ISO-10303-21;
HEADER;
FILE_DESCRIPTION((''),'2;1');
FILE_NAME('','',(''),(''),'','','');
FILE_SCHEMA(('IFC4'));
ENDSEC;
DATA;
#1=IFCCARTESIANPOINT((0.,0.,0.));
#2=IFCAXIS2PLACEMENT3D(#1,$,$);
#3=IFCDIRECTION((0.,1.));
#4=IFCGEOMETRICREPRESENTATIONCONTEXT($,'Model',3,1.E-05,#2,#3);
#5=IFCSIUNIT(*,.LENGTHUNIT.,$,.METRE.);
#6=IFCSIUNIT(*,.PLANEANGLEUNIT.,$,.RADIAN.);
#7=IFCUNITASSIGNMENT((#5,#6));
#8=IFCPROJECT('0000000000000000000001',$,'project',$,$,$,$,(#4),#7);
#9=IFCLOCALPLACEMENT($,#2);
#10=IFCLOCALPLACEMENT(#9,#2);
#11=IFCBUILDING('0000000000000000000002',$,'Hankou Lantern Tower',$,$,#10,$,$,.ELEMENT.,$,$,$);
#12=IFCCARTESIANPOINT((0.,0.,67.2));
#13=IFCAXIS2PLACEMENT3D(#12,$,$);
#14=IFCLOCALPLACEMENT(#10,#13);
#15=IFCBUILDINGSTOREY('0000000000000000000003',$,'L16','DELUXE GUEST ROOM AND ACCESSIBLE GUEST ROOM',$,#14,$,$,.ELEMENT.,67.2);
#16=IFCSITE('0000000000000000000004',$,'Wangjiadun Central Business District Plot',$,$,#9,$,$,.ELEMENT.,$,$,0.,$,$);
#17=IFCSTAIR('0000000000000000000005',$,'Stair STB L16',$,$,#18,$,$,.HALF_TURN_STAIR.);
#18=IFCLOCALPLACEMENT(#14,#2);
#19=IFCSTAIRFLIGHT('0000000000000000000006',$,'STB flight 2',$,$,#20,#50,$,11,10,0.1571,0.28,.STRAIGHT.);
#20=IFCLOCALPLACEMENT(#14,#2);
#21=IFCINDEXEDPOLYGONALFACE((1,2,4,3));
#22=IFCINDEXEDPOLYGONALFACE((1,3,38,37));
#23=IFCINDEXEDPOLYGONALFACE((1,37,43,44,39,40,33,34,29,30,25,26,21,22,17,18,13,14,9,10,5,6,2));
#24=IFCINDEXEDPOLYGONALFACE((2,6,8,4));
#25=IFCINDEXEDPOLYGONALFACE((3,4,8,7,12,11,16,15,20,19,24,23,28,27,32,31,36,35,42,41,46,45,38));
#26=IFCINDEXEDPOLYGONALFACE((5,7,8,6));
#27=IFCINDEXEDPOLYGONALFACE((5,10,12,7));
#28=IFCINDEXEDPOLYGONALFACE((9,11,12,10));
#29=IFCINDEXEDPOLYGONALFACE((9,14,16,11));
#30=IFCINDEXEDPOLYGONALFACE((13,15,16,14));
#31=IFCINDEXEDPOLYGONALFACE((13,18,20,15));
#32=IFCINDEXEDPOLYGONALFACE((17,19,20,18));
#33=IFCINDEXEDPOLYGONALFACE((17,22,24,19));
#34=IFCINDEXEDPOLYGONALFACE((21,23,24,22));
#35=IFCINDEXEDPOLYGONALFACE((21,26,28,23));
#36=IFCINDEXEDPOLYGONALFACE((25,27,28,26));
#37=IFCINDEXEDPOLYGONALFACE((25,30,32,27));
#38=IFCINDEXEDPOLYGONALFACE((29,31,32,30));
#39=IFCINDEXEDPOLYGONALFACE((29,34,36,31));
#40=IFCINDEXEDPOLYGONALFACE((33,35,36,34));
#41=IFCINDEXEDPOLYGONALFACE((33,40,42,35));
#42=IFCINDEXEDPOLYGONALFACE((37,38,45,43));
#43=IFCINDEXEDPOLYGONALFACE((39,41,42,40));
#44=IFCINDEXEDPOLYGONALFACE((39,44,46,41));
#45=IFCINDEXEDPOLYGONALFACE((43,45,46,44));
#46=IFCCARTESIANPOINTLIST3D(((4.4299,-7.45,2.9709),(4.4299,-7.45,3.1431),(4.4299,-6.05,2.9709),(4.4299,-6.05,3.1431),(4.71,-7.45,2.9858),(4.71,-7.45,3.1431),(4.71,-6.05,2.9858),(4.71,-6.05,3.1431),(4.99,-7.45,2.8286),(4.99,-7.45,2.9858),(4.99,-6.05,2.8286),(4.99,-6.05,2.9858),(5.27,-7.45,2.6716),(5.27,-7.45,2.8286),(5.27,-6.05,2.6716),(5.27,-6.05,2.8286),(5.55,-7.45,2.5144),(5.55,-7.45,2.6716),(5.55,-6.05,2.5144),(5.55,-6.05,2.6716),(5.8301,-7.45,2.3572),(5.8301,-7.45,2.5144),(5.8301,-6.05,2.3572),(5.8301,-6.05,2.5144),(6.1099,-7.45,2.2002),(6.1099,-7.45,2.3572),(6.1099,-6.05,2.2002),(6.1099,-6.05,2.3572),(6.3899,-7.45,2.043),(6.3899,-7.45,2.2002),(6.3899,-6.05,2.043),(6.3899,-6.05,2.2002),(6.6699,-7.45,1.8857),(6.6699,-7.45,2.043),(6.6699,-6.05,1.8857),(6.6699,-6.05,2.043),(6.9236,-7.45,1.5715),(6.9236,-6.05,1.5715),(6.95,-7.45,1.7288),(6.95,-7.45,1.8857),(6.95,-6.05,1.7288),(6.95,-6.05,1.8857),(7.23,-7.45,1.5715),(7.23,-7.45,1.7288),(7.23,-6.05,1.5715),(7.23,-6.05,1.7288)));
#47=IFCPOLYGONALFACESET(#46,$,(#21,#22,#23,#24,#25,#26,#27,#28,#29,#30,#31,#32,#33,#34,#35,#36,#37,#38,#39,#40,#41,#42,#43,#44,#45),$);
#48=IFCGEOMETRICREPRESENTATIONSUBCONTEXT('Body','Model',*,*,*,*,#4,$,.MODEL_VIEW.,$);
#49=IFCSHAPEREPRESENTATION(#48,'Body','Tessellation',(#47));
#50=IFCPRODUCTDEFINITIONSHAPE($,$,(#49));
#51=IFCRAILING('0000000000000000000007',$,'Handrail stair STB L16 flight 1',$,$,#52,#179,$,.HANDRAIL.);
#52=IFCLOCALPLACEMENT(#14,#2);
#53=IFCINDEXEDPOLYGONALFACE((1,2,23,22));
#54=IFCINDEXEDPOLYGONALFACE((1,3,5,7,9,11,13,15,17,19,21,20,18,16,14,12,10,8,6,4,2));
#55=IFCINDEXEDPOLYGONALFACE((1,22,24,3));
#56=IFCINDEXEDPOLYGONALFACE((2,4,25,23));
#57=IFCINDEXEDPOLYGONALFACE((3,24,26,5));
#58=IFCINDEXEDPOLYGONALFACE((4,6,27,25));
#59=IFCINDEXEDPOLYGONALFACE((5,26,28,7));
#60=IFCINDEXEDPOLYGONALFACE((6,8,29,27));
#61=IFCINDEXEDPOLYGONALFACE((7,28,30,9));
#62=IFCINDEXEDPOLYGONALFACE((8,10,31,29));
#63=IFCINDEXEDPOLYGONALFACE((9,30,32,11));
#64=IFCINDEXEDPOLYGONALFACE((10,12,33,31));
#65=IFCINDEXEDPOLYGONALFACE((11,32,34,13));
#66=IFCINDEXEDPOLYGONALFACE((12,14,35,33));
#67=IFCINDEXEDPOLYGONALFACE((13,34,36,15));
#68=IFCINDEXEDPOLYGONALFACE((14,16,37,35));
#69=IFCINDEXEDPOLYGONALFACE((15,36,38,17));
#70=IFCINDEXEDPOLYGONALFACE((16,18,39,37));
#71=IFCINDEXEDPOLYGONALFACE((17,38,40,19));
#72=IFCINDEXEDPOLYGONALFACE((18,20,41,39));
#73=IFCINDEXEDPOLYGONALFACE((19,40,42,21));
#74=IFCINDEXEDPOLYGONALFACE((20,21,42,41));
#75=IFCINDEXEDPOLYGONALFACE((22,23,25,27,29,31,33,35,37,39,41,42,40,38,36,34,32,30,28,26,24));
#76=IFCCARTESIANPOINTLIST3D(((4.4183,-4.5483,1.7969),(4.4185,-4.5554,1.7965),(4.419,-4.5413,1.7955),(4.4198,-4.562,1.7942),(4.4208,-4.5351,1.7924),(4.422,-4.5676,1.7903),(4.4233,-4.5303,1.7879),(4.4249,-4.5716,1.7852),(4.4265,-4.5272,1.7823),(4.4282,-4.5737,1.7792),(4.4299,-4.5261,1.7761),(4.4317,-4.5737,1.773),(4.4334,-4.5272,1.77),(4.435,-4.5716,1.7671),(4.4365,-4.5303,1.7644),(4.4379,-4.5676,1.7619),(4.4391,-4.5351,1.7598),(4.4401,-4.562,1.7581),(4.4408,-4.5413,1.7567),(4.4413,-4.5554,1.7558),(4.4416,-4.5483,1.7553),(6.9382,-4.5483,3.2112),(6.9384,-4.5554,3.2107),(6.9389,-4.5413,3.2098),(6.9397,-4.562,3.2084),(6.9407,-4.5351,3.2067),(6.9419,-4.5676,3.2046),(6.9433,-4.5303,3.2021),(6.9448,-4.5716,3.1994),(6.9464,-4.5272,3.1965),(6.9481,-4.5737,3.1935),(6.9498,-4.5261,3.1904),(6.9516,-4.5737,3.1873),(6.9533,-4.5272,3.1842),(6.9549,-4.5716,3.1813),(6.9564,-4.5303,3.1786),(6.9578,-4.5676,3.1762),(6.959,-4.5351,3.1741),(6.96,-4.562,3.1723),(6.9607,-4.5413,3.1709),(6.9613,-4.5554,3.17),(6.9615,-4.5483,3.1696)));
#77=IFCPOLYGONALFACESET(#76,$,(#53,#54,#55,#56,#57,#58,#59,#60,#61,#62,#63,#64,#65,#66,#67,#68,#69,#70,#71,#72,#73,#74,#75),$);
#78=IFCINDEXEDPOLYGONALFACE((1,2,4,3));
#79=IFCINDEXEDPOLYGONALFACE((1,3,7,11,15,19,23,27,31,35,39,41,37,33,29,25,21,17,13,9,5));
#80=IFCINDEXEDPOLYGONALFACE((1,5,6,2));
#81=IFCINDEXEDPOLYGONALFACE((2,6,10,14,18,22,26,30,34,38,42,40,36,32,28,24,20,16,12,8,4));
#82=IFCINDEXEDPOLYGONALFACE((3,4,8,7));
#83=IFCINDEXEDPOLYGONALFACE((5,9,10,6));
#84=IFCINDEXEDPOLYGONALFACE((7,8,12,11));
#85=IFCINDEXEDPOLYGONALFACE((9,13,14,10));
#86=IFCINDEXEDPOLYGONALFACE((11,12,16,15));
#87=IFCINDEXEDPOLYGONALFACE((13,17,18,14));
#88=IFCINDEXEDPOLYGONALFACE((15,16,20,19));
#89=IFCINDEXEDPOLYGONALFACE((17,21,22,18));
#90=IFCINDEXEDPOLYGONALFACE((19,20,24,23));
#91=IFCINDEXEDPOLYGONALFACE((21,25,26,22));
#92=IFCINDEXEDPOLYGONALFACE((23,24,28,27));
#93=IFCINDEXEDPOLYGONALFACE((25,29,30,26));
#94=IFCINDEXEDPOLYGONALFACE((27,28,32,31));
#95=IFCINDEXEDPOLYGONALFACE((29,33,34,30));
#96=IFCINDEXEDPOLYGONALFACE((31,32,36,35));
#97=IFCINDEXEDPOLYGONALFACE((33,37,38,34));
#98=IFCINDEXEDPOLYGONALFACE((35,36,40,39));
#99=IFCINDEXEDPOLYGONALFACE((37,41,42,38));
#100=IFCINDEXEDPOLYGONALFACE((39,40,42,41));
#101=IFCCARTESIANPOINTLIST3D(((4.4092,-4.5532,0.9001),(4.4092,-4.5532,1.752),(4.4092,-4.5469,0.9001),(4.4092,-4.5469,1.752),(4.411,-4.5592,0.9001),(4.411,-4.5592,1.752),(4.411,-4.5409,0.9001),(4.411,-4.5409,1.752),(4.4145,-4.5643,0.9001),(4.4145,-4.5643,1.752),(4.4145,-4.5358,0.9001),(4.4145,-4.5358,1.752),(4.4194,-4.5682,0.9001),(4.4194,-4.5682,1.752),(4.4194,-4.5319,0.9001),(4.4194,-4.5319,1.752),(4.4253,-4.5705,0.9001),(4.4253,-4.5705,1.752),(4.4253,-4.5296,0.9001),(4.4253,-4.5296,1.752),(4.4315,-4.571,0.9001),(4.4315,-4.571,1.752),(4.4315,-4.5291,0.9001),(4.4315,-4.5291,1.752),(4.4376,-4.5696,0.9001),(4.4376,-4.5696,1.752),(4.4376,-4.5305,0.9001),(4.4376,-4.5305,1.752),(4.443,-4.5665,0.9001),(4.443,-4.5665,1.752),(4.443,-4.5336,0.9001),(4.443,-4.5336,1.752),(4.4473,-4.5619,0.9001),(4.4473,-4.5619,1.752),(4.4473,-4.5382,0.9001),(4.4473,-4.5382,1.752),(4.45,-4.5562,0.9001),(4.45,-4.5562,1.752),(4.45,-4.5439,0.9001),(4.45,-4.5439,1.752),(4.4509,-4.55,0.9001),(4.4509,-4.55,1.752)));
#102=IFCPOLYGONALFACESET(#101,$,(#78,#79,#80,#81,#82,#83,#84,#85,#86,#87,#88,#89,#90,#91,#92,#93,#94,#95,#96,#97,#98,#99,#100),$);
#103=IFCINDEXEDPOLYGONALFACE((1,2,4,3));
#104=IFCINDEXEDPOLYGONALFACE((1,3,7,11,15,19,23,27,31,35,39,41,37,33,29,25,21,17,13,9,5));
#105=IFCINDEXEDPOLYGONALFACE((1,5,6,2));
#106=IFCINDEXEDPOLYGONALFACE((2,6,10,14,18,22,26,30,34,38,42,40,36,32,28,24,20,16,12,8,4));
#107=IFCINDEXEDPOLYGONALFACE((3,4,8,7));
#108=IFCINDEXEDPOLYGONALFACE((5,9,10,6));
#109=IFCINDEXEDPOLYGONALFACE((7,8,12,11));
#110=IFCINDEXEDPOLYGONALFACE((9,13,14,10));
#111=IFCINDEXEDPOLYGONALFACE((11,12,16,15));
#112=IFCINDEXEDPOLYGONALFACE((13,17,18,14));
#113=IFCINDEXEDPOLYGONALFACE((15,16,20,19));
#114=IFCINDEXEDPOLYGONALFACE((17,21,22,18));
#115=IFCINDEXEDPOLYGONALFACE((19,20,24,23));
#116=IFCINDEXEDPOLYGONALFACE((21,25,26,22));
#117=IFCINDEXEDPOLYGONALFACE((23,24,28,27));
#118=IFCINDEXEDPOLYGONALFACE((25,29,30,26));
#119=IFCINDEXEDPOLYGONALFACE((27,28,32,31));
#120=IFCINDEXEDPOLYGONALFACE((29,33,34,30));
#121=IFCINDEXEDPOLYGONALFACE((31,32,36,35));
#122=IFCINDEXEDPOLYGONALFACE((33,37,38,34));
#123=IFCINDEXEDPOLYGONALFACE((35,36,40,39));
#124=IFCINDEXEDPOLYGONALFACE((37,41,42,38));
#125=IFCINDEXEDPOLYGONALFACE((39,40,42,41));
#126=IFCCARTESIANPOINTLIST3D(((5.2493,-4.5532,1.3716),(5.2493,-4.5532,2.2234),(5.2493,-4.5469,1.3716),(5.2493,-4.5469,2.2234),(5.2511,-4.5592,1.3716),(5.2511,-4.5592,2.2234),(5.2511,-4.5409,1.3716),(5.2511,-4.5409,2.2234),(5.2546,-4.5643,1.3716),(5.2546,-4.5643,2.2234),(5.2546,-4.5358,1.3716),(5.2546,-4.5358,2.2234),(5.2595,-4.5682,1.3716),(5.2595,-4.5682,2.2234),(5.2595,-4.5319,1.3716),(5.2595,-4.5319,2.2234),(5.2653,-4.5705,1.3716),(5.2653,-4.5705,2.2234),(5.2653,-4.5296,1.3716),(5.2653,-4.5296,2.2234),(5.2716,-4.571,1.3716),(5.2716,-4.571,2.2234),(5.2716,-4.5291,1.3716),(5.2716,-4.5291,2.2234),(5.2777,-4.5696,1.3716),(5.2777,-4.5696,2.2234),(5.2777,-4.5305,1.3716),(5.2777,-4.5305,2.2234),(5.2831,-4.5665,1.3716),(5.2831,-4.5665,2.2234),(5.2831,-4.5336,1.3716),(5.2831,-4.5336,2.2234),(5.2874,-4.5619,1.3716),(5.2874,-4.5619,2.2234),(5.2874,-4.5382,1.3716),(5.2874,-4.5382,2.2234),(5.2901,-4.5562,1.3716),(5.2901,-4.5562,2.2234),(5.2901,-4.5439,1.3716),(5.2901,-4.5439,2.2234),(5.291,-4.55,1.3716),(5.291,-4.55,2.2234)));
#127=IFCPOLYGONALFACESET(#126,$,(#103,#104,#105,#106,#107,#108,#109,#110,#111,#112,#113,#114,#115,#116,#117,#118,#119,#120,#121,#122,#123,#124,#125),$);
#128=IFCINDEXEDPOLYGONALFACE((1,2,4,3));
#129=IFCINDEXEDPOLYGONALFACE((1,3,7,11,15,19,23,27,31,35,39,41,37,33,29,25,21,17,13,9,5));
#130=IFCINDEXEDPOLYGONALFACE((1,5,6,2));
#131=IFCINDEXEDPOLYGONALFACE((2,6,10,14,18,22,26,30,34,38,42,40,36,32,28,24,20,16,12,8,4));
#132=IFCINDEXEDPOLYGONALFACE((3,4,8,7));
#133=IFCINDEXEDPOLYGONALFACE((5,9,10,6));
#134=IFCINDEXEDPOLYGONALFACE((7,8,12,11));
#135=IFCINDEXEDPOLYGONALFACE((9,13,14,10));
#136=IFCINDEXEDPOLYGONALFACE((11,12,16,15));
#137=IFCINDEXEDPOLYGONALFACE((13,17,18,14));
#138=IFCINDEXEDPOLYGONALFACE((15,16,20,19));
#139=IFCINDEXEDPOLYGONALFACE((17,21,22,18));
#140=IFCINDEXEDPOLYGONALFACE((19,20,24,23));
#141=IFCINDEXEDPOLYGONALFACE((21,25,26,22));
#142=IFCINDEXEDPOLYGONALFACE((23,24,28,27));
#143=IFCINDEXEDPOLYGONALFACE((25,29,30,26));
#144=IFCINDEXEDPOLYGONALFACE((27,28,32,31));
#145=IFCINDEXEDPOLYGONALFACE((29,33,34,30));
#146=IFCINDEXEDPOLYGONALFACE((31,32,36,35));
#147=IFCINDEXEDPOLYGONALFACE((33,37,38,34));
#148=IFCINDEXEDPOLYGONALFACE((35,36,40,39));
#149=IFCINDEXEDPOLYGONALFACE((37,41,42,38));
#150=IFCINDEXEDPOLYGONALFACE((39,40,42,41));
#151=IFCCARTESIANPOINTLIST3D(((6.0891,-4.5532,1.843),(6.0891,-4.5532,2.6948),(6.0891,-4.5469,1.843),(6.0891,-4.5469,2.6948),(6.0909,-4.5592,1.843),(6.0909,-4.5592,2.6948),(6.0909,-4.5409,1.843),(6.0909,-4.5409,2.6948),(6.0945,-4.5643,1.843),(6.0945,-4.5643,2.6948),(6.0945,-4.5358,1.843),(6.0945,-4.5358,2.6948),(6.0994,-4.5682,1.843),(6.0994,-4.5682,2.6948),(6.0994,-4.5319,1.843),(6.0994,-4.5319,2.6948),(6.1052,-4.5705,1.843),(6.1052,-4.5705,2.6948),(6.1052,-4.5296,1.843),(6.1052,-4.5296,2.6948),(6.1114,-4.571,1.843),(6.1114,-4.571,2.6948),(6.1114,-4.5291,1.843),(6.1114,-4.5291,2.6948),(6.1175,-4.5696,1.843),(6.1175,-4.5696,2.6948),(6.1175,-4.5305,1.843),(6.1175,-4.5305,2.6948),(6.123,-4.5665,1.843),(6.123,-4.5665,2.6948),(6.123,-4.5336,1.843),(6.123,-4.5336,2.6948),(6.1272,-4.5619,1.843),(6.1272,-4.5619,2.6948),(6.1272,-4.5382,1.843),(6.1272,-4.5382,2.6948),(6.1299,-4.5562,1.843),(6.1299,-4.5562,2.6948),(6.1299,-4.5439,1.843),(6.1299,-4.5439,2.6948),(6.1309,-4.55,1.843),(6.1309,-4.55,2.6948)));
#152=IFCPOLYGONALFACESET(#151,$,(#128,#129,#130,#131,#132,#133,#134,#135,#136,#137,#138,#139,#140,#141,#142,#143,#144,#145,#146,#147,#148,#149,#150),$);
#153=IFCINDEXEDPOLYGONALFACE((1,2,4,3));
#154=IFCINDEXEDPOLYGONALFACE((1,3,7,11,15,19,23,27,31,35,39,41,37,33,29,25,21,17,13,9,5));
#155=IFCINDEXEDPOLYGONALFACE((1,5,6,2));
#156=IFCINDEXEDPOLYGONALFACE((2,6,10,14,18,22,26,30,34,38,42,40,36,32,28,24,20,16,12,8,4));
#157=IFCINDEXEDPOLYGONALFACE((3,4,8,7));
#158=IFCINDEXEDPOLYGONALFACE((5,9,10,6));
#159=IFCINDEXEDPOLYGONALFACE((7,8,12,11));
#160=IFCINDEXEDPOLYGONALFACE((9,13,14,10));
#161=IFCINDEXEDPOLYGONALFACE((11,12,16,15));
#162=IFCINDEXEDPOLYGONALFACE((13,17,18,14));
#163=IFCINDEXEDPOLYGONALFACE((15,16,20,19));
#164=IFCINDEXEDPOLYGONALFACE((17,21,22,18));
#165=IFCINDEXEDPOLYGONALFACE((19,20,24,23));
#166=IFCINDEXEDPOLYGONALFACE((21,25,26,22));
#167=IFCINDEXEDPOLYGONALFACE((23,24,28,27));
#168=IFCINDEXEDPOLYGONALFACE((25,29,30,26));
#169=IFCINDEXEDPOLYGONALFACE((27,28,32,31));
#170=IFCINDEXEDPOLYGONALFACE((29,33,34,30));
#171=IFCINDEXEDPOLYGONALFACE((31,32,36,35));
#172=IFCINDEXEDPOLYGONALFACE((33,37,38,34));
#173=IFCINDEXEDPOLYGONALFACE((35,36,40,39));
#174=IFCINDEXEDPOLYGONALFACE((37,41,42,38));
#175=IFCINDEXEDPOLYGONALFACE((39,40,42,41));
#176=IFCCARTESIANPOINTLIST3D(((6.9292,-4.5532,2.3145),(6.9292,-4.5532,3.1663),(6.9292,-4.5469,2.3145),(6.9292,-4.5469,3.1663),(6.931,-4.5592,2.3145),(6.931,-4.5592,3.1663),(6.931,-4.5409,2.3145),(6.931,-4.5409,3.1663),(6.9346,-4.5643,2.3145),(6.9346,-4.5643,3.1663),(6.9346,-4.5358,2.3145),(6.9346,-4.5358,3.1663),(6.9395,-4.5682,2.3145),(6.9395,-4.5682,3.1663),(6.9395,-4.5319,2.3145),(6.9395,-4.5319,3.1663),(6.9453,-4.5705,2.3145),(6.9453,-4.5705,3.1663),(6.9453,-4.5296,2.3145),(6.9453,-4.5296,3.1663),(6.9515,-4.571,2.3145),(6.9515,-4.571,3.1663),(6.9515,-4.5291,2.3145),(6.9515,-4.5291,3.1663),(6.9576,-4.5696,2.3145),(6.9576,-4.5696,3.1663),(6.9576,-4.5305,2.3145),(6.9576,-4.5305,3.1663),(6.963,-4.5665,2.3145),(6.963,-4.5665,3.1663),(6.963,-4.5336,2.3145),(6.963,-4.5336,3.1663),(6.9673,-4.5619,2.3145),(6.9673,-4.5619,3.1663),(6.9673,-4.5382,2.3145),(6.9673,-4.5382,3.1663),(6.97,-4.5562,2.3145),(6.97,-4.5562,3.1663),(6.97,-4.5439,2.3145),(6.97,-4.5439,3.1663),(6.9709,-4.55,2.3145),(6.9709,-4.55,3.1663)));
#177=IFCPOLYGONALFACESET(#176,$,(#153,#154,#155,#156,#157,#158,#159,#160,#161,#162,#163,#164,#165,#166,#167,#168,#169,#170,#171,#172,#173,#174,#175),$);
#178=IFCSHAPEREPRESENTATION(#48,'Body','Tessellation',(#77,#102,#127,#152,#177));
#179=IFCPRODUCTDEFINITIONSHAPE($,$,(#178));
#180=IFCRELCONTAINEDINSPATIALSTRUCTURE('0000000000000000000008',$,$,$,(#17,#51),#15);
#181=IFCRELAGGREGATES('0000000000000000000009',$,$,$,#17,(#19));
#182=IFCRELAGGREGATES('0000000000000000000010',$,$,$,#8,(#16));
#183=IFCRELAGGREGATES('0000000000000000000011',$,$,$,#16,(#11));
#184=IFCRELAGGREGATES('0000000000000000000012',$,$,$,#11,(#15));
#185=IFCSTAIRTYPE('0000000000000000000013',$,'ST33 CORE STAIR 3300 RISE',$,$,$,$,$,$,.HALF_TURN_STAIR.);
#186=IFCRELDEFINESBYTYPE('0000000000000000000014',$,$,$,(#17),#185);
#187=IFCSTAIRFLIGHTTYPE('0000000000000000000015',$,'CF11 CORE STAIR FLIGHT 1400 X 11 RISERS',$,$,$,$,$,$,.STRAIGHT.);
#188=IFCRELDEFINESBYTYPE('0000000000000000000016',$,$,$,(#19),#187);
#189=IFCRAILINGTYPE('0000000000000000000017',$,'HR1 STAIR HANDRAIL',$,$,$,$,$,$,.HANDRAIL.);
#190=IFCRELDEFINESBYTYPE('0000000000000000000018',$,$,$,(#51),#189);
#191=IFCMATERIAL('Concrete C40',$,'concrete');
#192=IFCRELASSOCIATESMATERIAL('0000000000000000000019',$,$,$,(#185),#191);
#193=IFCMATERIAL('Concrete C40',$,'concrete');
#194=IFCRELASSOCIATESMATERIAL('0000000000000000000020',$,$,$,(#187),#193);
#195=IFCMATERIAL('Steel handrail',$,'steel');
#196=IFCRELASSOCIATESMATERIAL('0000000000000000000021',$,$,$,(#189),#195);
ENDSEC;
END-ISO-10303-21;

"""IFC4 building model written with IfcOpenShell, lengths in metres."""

from ifc_helpers import new_model, si_unit, direction, frame, origin, origin_2d, place, context, subcontext, project, spatial, polyline, circle, outline, extrude, material, type_object, element, aggregate, save


model = new_model("IFC4")

# Units and contexts
model_context = context("Model", 3, precision=1e-05, world=origin(), true_north=direction((0.0, 1.0)))
body_context = subcontext(model_context, "Body", "Model", "MODEL_VIEW")
ifc_project = project(units=[si_unit("LENGTHUNIT", "METRE"), si_unit("PLANEANGLEUNIT", "RADIAN")], contexts=[model_context])

# Site, building, storey
site_placement = place(None, origin())
site = spatial("IfcSite", under=ifc_project, at=site_placement, Name="Wangjiadun Central Business District Plot", CompositionType="ELEMENT", RefElevation=0.0)
building_placement = place(site_placement, origin())
building = spatial("IfcBuilding", under=site, at=building_placement, Name="Hankou Lantern Tower", CompositionType="ELEMENT")
storey_placement = place(building_placement, frame((0.0, 0.0, 67.2)))
storey = spatial("IfcBuildingStorey", under=building, at=storey_placement, Name="L16", Description="DELUXE GUEST ROOM AND ACCESSIBLE GUEST ROOM", CompositionType="ELEMENT", Elevation=67.2)

# Stair, stair flight
ifc_material_1 = material(Name="Concrete C40", Category="concrete")
stair_type = type_object("IfcStairType", Name="ST33 CORE STAIR 3300 RISE", PredefinedType="HALF_TURN_STAIR", material=ifc_material_1)
stair_placement = place(storey_placement, origin())
stair = element("IfcStair", 1, at=stair_placement, inside=storey, type_object=stair_type, Name="Stair STB L16", PredefinedType="HALF_TURN_STAIR")
ifc_material_2 = material(Name="Concrete C40", Category="concrete")
stair_flight_type_1 = type_object("IfcStairFlightType", Name="CF11 CORE STAIR FLIGHT 1400 X 11 RISERS", PredefinedType="STRAIGHT", material=ifc_material_2)
stair_flight_1_placement = place(storey_placement, frame((7.23, -6.75, 1.5715), z_axis=(0.0, 0.0, 1.0), x_axis=(-1.0, 0.0, 0.0)))
stair_flight_1 = element("IfcStairFlight", 2, at=stair_flight_1_placement, type_object=stair_flight_type_1, Name="STB flight 2", NumberOfRisers=11, NumberOfTreads=10, PredefinedType="STRAIGHT", RiserHeight=0.1571, TreadLength=0.28, context=body_context, shape_type="SweptSolid", body=[
    extrude(outline(polyline([(0.0, 0.0), (0.0, 0.1572), (0.28, 0.1572), (0.28, 0.3142), (0.5601, 0.3142), (0.5601, 0.4714), (0.8401, 0.4714), (0.8401, 0.6287), (1.1201, 0.6287), (1.1201, 0.7856), (1.3999, 0.7856), (1.3999, 0.9429), (1.6799, 0.9429), (1.6799, 1.1001), (1.96, 1.1001), (1.96, 1.2571), (2.24, 1.2571), (2.24, 1.4143), (2.52, 1.4143), (2.52, 1.5715), (2.8, 1.5715), (2.8, 1.7285), (2.8, 1.3994), (0.3064, 0.0), (0.0, 0.0)])), frame((0.0, 0.7, 0.0), z_axis=(0.0, -1.0, 0.0), x_axis=(1.0, 0.0, 0.0)), (0.0, 0.0, 1.0), 1.3999),
])
aggregate(stair, [stair_flight_1])

# Railing
ifc_material_3 = material(Name="Steel handrail", Category="steel")
railing_type = type_object("IfcRailingType", Name="HR1 STAIR HANDRAIL", PredefinedType="HANDRAIL", material=ifc_material_3)
railing_1_placement = place(storey_placement, frame((4.4299, -4.55, 0.9001)))
element("IfcRailing", 3, at=railing_1_placement, inside=storey, type_object=railing_type, Name="Handrail stair STB L16 flight 1", PredefinedType="HANDRAIL", context=body_context, shape_type="SweptSolid", body=[
    extrude(circle(Radius=0.0239, at=origin_2d()), frame((0.0, 0.0, 0.876), z_axis=(0.872049, 0.0, 0.489419), x_axis=(0.0, 1.0, 0.0)), (0.0, 0.0, 1.0), 2.8896),
    extrude(circle(Radius=0.021, at=origin_2d()), origin(), (0.0, 0.0, 1.0), 0.8518),
    extrude(circle(Radius=0.021, at=origin_2d()), frame((0.8401, 0.0, 0.4714)), (0.0, 0.0, 1.0), 0.8518),
    extrude(circle(Radius=0.021, at=origin_2d()), frame((1.6799, 0.0, 0.9429)), (0.0, 0.0, 1.0), 0.8518),
    extrude(circle(Radius=0.021, at=origin_2d()), frame((2.52, 0.0, 1.4143)), (0.0, 0.0, 1.0), 0.8518),
])

save(model, "model.ifc")
